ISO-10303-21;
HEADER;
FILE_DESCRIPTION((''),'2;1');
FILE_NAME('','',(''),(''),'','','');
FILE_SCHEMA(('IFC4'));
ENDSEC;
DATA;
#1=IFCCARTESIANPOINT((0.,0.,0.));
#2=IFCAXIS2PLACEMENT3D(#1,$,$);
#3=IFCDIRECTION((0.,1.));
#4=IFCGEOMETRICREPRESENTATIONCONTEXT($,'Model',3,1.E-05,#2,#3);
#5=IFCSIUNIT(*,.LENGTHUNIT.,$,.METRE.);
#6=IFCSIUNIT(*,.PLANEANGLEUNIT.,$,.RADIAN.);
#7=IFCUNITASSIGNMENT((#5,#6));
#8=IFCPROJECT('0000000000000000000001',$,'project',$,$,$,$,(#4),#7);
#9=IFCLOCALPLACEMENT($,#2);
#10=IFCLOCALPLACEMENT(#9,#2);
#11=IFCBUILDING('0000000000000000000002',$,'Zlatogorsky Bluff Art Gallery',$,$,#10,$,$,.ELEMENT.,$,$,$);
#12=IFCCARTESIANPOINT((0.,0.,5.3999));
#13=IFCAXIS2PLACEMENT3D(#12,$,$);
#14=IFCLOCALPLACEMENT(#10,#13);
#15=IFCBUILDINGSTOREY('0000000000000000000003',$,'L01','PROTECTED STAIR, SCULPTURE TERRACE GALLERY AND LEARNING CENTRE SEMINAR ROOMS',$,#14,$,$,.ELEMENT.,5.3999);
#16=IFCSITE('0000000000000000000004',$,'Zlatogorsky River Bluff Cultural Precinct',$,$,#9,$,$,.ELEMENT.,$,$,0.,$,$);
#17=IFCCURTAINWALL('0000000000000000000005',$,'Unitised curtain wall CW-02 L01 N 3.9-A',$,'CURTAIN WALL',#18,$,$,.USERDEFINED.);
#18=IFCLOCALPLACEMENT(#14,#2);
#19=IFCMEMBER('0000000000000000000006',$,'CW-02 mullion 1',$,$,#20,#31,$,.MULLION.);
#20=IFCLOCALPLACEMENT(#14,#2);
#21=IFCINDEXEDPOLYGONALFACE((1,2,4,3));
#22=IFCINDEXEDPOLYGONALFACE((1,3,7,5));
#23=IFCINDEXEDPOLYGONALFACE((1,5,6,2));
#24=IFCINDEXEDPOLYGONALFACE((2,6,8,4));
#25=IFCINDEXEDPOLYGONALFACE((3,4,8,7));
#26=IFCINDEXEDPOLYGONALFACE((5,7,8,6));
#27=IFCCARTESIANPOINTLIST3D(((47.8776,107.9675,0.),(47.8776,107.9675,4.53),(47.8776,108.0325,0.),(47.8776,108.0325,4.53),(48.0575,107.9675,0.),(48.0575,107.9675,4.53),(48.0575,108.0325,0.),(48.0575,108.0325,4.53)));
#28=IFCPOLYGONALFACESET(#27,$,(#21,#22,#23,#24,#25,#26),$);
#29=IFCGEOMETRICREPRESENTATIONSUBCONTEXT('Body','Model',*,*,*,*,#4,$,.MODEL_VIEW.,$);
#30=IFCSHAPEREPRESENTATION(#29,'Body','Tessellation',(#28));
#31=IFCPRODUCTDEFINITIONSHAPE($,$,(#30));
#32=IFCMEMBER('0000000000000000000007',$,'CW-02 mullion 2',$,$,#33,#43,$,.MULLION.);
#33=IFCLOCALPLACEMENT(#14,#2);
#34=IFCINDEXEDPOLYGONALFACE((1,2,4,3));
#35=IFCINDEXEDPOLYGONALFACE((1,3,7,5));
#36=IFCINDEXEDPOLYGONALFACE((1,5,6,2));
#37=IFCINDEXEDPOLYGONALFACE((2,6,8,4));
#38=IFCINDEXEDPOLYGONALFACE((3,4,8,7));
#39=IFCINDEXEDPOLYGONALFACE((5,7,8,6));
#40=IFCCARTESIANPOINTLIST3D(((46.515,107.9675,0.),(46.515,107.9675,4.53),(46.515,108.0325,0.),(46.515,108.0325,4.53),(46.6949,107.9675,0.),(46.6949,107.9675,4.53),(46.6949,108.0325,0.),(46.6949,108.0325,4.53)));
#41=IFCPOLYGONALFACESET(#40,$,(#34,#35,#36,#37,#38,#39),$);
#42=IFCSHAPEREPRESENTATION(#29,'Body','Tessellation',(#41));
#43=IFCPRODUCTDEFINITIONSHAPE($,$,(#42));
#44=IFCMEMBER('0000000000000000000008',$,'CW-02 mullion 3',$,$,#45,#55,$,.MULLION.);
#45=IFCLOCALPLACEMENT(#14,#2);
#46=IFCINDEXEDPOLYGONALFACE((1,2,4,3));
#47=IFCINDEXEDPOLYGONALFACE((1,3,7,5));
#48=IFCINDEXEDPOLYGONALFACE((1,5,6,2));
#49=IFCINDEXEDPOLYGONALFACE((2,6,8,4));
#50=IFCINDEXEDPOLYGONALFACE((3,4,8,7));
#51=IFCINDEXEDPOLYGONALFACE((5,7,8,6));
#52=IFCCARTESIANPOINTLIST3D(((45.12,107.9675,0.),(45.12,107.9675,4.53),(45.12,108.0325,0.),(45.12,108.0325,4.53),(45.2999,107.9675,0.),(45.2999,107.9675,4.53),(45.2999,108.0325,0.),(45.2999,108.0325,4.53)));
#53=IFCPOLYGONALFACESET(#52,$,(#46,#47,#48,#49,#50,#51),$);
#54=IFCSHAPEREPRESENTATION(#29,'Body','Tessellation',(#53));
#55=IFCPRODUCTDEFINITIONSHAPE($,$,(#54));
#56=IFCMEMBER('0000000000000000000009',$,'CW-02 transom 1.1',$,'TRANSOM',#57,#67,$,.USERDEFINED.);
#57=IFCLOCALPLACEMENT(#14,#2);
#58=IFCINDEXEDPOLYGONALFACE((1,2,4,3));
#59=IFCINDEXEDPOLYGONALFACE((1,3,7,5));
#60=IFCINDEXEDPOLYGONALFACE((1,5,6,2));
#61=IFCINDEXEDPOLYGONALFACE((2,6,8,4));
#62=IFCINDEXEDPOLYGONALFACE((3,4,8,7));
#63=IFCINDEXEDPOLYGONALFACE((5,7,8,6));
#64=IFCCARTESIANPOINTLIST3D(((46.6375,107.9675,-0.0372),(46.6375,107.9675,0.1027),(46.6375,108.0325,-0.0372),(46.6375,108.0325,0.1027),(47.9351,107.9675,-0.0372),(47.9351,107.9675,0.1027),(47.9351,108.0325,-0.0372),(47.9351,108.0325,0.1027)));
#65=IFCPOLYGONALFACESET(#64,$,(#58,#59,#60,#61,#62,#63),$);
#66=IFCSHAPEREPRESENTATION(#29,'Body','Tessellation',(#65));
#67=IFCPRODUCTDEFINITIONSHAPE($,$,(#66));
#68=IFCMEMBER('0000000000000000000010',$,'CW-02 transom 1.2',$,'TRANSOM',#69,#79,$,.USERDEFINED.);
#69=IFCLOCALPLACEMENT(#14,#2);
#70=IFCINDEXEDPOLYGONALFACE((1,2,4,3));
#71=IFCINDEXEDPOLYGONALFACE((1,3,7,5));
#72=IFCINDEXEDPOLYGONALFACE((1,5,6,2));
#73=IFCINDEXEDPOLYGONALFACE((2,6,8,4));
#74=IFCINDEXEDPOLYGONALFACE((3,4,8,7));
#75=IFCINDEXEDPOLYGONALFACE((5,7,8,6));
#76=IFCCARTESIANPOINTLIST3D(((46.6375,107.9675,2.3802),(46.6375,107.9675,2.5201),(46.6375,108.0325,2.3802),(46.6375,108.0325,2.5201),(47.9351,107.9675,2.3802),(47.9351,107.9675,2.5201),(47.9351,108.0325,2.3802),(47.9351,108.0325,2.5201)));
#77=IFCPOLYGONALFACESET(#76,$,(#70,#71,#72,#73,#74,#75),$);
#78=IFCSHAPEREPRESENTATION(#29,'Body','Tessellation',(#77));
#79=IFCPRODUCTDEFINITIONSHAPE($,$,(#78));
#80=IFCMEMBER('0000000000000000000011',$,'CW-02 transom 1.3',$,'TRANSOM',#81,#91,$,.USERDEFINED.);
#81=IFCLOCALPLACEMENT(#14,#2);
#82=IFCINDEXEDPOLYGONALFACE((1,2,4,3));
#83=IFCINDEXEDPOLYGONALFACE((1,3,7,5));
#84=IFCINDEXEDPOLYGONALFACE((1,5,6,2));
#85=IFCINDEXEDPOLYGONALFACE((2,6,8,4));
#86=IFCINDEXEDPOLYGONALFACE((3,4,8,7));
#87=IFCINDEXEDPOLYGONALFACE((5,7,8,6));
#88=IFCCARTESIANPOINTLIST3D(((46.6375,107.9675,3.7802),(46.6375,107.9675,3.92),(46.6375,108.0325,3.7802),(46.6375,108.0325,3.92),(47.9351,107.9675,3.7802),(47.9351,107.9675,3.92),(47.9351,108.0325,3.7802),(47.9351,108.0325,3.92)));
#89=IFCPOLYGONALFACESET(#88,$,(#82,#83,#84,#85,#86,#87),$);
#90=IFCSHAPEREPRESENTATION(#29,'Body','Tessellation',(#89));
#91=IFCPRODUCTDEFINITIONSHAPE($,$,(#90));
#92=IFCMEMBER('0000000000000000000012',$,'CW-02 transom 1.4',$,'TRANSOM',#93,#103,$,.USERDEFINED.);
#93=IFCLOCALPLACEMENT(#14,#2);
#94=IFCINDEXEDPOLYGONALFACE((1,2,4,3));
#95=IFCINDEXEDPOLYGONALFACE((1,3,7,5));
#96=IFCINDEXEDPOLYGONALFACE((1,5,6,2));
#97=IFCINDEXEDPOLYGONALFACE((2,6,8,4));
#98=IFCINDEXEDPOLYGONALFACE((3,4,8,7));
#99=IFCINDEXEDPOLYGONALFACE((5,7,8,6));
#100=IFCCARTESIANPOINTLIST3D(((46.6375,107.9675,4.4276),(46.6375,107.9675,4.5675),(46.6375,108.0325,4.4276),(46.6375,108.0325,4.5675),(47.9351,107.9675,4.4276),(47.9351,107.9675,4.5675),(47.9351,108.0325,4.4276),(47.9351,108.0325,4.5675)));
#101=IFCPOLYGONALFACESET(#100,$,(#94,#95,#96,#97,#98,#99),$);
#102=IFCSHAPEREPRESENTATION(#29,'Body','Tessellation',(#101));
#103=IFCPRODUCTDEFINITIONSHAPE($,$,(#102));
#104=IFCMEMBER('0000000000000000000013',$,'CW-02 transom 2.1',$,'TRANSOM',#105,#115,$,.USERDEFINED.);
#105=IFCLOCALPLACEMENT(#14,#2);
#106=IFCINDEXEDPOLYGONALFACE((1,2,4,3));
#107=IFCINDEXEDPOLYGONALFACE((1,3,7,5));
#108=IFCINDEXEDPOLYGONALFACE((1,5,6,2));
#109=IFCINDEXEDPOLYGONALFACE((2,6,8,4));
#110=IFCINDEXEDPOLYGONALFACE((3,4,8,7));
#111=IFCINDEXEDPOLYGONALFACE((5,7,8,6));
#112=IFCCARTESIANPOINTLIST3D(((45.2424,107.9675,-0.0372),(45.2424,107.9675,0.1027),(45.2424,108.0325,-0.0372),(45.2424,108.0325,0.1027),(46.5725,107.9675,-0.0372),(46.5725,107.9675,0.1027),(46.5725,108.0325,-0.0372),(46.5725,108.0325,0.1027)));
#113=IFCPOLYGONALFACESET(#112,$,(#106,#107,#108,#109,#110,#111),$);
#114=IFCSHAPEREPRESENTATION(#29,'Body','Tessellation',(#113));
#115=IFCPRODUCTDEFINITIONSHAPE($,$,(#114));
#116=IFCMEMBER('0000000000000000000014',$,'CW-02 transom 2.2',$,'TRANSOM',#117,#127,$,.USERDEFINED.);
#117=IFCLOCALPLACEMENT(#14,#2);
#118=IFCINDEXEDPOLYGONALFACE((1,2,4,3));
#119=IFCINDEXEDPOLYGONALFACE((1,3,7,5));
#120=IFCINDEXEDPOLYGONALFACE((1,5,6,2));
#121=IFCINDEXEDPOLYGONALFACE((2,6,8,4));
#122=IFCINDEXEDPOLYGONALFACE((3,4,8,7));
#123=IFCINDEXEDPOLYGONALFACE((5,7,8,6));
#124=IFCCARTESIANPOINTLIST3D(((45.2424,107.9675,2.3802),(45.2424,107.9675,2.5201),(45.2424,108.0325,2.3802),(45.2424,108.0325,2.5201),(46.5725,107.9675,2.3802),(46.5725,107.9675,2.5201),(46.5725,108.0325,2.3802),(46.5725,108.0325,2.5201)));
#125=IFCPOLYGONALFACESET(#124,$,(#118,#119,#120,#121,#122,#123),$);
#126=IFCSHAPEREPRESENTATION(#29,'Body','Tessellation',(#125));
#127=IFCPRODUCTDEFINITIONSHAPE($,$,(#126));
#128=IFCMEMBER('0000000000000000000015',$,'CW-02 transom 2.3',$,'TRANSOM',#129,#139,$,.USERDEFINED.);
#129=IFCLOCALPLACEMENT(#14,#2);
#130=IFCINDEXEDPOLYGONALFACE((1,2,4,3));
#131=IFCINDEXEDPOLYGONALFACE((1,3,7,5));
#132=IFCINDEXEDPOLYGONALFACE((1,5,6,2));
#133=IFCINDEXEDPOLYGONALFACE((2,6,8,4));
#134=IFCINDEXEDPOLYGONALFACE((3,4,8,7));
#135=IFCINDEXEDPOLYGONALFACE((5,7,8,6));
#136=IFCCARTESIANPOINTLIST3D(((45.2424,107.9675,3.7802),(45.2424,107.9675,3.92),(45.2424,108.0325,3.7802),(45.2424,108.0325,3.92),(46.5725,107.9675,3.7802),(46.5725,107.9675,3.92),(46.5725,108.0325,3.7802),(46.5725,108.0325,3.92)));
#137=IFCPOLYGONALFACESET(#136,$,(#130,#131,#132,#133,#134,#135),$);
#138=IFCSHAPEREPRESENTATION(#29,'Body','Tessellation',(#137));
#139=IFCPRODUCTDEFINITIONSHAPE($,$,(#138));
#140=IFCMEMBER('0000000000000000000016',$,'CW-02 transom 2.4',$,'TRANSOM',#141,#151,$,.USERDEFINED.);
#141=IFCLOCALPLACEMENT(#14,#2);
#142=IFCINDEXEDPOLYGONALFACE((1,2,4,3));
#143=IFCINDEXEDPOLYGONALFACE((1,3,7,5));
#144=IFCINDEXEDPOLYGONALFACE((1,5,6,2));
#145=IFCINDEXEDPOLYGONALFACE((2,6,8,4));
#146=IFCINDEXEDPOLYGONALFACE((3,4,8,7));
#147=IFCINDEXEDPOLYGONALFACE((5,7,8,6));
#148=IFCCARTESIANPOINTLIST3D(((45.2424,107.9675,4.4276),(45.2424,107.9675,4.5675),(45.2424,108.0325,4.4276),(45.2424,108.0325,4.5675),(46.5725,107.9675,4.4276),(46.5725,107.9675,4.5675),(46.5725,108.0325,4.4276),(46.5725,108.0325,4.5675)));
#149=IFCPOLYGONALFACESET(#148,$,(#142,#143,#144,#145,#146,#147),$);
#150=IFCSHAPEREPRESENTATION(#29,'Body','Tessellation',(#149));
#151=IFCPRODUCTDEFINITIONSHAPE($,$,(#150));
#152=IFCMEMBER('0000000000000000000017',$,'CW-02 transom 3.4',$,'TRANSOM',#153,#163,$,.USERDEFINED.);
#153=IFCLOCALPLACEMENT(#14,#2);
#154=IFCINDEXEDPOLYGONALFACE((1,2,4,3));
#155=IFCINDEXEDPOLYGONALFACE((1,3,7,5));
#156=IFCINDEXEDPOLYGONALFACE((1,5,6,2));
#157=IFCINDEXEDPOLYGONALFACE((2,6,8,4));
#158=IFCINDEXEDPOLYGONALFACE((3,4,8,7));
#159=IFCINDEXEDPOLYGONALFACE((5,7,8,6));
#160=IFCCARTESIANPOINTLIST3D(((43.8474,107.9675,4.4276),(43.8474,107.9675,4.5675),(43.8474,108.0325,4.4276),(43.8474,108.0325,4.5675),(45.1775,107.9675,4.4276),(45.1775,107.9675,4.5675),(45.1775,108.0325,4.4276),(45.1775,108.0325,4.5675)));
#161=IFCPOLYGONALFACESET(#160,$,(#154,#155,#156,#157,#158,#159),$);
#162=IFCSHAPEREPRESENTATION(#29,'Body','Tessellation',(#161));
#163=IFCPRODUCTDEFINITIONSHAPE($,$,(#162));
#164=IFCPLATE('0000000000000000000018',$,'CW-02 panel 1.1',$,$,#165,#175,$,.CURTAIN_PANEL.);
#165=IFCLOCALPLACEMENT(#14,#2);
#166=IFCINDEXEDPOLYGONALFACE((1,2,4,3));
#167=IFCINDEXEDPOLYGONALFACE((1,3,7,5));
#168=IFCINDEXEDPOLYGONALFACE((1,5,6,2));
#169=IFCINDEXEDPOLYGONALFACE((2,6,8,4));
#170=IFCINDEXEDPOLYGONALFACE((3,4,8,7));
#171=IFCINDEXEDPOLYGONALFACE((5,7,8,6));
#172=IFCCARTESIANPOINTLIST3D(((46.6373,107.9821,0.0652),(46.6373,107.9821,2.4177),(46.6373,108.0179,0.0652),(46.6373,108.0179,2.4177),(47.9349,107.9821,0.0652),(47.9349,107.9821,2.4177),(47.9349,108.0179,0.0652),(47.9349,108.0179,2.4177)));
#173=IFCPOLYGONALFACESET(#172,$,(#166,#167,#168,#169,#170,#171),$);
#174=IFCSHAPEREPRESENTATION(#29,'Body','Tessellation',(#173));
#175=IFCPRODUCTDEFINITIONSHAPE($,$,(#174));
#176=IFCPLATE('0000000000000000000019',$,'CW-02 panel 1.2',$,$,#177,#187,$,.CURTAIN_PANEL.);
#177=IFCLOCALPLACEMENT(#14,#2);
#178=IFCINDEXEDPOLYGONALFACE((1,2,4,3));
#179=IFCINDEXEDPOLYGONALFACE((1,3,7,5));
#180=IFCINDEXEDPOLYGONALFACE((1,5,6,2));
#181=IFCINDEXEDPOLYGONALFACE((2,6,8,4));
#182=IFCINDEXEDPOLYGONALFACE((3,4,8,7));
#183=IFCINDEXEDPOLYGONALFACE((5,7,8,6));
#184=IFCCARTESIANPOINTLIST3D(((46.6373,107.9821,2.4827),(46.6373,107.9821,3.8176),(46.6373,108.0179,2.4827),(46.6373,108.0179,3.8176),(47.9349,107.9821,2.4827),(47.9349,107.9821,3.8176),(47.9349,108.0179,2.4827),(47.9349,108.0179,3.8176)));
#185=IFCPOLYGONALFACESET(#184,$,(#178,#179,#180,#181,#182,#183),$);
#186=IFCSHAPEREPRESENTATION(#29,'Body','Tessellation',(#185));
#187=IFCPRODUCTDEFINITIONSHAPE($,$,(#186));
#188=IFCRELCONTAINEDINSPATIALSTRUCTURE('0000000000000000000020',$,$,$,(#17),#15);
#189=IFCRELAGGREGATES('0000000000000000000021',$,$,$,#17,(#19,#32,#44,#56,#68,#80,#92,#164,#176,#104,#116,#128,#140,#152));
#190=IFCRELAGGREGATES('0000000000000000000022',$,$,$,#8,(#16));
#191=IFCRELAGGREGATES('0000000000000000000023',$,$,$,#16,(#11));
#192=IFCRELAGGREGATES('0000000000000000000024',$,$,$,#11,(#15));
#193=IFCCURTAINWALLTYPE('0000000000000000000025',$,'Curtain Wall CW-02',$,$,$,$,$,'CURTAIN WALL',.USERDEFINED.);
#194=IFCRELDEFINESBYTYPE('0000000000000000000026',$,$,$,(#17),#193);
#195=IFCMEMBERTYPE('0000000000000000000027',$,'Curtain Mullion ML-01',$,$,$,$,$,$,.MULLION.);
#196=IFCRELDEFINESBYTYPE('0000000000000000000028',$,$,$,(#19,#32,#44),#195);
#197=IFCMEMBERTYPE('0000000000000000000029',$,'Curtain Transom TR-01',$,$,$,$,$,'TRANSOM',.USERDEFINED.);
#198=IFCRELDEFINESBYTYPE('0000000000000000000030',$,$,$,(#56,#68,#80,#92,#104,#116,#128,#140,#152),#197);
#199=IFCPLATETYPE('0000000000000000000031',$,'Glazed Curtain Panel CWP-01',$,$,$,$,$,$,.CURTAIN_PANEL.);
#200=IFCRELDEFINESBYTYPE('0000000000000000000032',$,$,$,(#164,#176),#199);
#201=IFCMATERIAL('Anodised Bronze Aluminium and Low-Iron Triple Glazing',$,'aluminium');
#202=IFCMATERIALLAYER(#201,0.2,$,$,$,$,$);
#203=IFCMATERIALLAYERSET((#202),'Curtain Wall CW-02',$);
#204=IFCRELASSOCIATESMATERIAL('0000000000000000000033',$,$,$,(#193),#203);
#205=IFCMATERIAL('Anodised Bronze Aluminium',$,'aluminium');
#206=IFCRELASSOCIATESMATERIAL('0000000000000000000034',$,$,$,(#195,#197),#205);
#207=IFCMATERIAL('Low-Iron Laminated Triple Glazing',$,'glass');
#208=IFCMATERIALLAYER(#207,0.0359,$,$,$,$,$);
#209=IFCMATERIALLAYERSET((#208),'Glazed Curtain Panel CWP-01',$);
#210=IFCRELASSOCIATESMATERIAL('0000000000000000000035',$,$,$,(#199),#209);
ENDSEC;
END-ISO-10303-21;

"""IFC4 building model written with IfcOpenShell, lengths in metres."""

from ifc_helpers import new_model, si_unit, direction, frame, origin, origin_2d, place, context, subcontext, project, spatial, rectangle, extrude, material, layer, layer_set, material_profile, profile_set, type_object, element, aggregate, save


model = new_model("IFC4")

# Units and contexts
model_context = context("Model", 3, precision=1e-05, world=origin(), true_north=direction((0.0, 1.0)))
body_context = subcontext(model_context, "Body", "Model", "MODEL_VIEW")
ifc_project = project(units=[si_unit("LENGTHUNIT", "METRE"), si_unit("PLANEANGLEUNIT", "RADIAN")], contexts=[model_context])

# Site, building, storey
site_placement = place(None, origin())
site = spatial("IfcSite", under=ifc_project, at=site_placement, Name="Zlatogorsky River Bluff Cultural Precinct", CompositionType="ELEMENT", RefElevation=0.0)
building_placement = place(site_placement, origin())
building = spatial("IfcBuilding", under=site, at=building_placement, Name="Zlatogorsky Bluff Art Gallery", CompositionType="ELEMENT")
storey_placement = place(building_placement, frame((0.0, 0.0, 5.3999)))
storey = spatial("IfcBuildingStorey", under=building, at=storey_placement, Name="L01", Description="PROTECTED STAIR, SCULPTURE TERRACE GALLERY AND LEARNING CENTRE SEMINAR ROOMS", CompositionType="ELEMENT", Elevation=5.3999)

# Curtain wall, members, plates
ifc_material_1 = material(Name="Anodised Bronze Aluminium and Low-Iron Triple Glazing", Category="aluminium")
ifc_layer_1 = layer(ifc_material_1, 0.2)
ifc_layer_set_1 = layer_set([ifc_layer_1], Name="Curtain Wall CW-02")
curtain_wall_type = type_object("IfcCurtainWallType", Name="Curtain Wall CW-02", ElementType="CURTAIN WALL", PredefinedType="USERDEFINED", material=ifc_layer_set_1)
curtain_wall_placement = place(storey_placement, origin())
curtain_wall = element("IfcCurtainWall", 1, at=curtain_wall_placement, inside=storey, type_object=curtain_wall_type, Name="Unitised curtain wall CW-02 L01 N 3.9-A", ObjectType="CURTAIN WALL", PredefinedType="USERDEFINED")
ifc_material_2 = material(Name="Anodised Bronze Aluminium", Category="aluminium")
ifc_material_profile_1 = material_profile(ifc_material_2, rectangle(XDim=0.0649, YDim=0.1799, at=origin_2d()), Name="ALU MULLION 65x180")
ifc_profile_set_1 = profile_set([ifc_material_profile_1], Name="Anodised Bronze Aluminium")
member_type_1 = type_object("IfcMemberType", Name="Curtain Mullion ML-01", PredefinedType="MULLION", material=ifc_profile_set_1)
member_1_placement = place(storey_placement, frame((47.9675, 108.0, 0.0), z_axis=(0.0, 0.0, 1.0), x_axis=(0.0, -1.0, 0.0)))
member_1 = element("IfcMember", 2, at=member_1_placement, type_object=member_type_1, Name="CW-02 mullion 1", PredefinedType="MULLION", context=body_context, shape_type="SweptSolid", body=[
    extrude(rectangle(XDim=0.0649, YDim=0.1799, at=origin_2d()), origin(), (0.0, 0.0, 1.0), 4.53),
])
member_2_placement = place(storey_placement, frame((46.605, 108.0, 0.0), z_axis=(0.0, 0.0, 1.0), x_axis=(0.0, -1.0, 0.0)))
member_2 = element("IfcMember", 3, at=member_2_placement, type_object=member_type_1, Name="CW-02 mullion 2", PredefinedType="MULLION", context=body_context, shape_type="SweptSolid", body=[
    extrude(rectangle(XDim=0.0649, YDim=0.1799, at=origin_2d()), origin(), (0.0, 0.0, 1.0), 4.53),
])
member_3_placement = place(storey_placement, frame((45.21, 108.0, 0.0), z_axis=(0.0, 0.0, 1.0), x_axis=(0.0, -1.0, 0.0)))
member_3 = element("IfcMember", 4, at=member_3_placement, type_object=member_type_1, Name="CW-02 mullion 3", PredefinedType="MULLION", context=body_context, shape_type="SweptSolid", body=[
    extrude(rectangle(XDim=0.0649, YDim=0.1799, at=origin_2d()), origin(), (0.0, 0.0, 1.0), 4.53),
])
ifc_material_profile_2 = material_profile(ifc_material_2, rectangle(XDim=0.0649, YDim=0.1399, at=origin_2d()), Name="ALU TRANSOM 65x140")
ifc_profile_set_2 = profile_set([ifc_material_profile_2], Name="Anodised Bronze Aluminium")
member_type_2 = type_object("IfcMemberType", Name="Curtain Transom TR-01", ElementType="TRANSOM", PredefinedType="USERDEFINED", material=ifc_profile_set_2)
member_4_placement = place(storey_placement, frame((47.9351, 108.0, 0.0327), z_axis=(-1.0, 0.0, 0.0), x_axis=(0.0, -1.0, 0.0)))
member_4 = element("IfcMember", 5, at=member_4_placement, type_object=member_type_2, Name="CW-02 transom 1.1", ObjectType="TRANSOM", PredefinedType="USERDEFINED", context=body_context, shape_type="SweptSolid", body=[
    extrude(rectangle(XDim=0.0649, YDim=0.1399, at=origin_2d()), origin(), (0.0, 0.0, 1.0), 1.2976),
])
member_5_placement = place(storey_placement, frame((47.9351, 108.0, 2.4502), z_axis=(-1.0, 0.0, 0.0), x_axis=(0.0, -1.0, 0.0)))
member_5 = element("IfcMember", 6, at=member_5_placement, type_object=member_type_2, Name="CW-02 transom 1.2", ObjectType="TRANSOM", PredefinedType="USERDEFINED", context=body_context, shape_type="SweptSolid", body=[
    extrude(rectangle(XDim=0.0649, YDim=0.1399, at=origin_2d()), origin(), (0.0, 0.0, 1.0), 1.2976),
])
member_6_placement = place(storey_placement, frame((47.9351, 108.0, 3.8501), z_axis=(-1.0, 0.0, 0.0), x_axis=(0.0, -1.0, 0.0)))
member_6 = element("IfcMember", 7, at=member_6_placement, type_object=member_type_2, Name="CW-02 transom 1.3", ObjectType="TRANSOM", PredefinedType="USERDEFINED", context=body_context, shape_type="SweptSolid", body=[
    extrude(rectangle(XDim=0.0649, YDim=0.1399, at=origin_2d()), origin(), (0.0, 0.0, 1.0), 1.2976),
])
member_7_placement = place(storey_placement, frame((47.9351, 108.0, 4.4976), z_axis=(-1.0, 0.0, 0.0), x_axis=(0.0, -1.0, 0.0)))
member_7 = element("IfcMember", 8, at=member_7_placement, type_object=member_type_2, Name="CW-02 transom 1.4", ObjectType="TRANSOM", PredefinedType="USERDEFINED", context=body_context, shape_type="SweptSolid", body=[
    extrude(rectangle(XDim=0.0649, YDim=0.1399, at=origin_2d()), origin(), (0.0, 0.0, 1.0), 1.2976),
])
member_8_placement = place(storey_placement, frame((46.5725, 108.0, 0.0327), z_axis=(-1.0, 0.0, 0.0), x_axis=(0.0, -1.0, 0.0)))
member_8 = element("IfcMember", 9, at=member_8_placement, type_object=member_type_2, Name="CW-02 transom 2.1", ObjectType="TRANSOM", PredefinedType="USERDEFINED", context=body_context, shape_type="SweptSolid", body=[
    extrude(rectangle(XDim=0.0649, YDim=0.1399, at=origin_2d()), origin(), (0.0, 0.0, 1.0), 1.3301),
])
member_9_placement = place(storey_placement, frame((46.5725, 108.0, 2.4502), z_axis=(-1.0, 0.0, 0.0), x_axis=(0.0, -1.0, 0.0)))
member_9 = element("IfcMember", 10, at=member_9_placement, type_object=member_type_2, Name="CW-02 transom 2.2", ObjectType="TRANSOM", PredefinedType="USERDEFINED", context=body_context, shape_type="SweptSolid", body=[
    extrude(rectangle(XDim=0.0649, YDim=0.1399, at=origin_2d()), origin(), (0.0, 0.0, 1.0), 1.3301),
])
member_10_placement = place(storey_placement, frame((46.5725, 108.0, 3.8501), z_axis=(-1.0, 0.0, 0.0), x_axis=(0.0, -1.0, 0.0)))
member_10 = element("IfcMember", 11, at=member_10_placement, type_object=member_type_2, Name="CW-02 transom 2.3", ObjectType="TRANSOM", PredefinedType="USERDEFINED", context=body_context, shape_type="SweptSolid", body=[
    extrude(rectangle(XDim=0.0649, YDim=0.1399, at=origin_2d()), origin(), (0.0, 0.0, 1.0), 1.3301),
])
member_11_placement = place(storey_placement, frame((46.5725, 108.0, 4.4976), z_axis=(-1.0, 0.0, 0.0), x_axis=(0.0, -1.0, 0.0)))
member_11 = element("IfcMember", 12, at=member_11_placement, type_object=member_type_2, Name="CW-02 transom 2.4", ObjectType="TRANSOM", PredefinedType="USERDEFINED", context=body_context, shape_type="SweptSolid", body=[
    extrude(rectangle(XDim=0.0649, YDim=0.1399, at=origin_2d()), origin(), (0.0, 0.0, 1.0), 1.3301),
])
member_12_placement = place(storey_placement, frame((45.1775, 108.0, 4.4976), z_axis=(-1.0, 0.0, 0.0), x_axis=(0.0, -1.0, 0.0)))
member_12 = element("IfcMember", 13, at=member_12_placement, type_object=member_type_2, Name="CW-02 transom 3.4", ObjectType="TRANSOM", PredefinedType="USERDEFINED", context=body_context, shape_type="SweptSolid", body=[
    extrude(rectangle(XDim=0.0649, YDim=0.1399, at=origin_2d()), origin(), (0.0, 0.0, 1.0), 1.3301),
])
ifc_material_3 = material(Name="Low-Iron Laminated Triple Glazing", Category="glass")
ifc_layer_2 = layer(ifc_material_3, 0.0359)
ifc_layer_set_2 = layer_set([ifc_layer_2], Name="Glazed Curtain Panel CWP-01")
plate_type = type_object("IfcPlateType", Name="Glazed Curtain Panel CWP-01", PredefinedType="CURTAIN_PANEL", material=ifc_layer_set_2)
plate_1_placement = place(storey_placement, frame((47.2861, 108.0, 0.0652), z_axis=(0.0, 0.0, 1.0), x_axis=(-1.0, 0.0, 0.0)))
plate_1 = element("IfcPlate", 14, at=plate_1_placement, type_object=plate_type, Name="CW-02 panel 1.1", PredefinedType="CURTAIN_PANEL", context=body_context, shape_type="SweptSolid", body=[
    extrude(rectangle(XDim=1.2976, YDim=0.0359, at=origin_2d()), origin(), (0.0, 0.0, 1.0), 2.3525),
])
plate_2_placement = place(storey_placement, frame((47.2861, 108.0, 2.4827), z_axis=(0.0, 0.0, 1.0), x_axis=(-1.0, 0.0, 0.0)))
plate_2 = element("IfcPlate", 15, at=plate_2_placement, type_object=plate_type, Name="CW-02 panel 1.2", PredefinedType="CURTAIN_PANEL", context=body_context, shape_type="SweptSolid", body=[
    extrude(rectangle(XDim=1.2976, YDim=0.0359, at=origin_2d()), origin(), (0.0, 0.0, 1.0), 1.335),
])
aggregate(curtain_wall, [member_1, member_2, member_3, member_4, member_5, member_6, member_7, plate_1, plate_2, member_8, member_9, member_10, member_11, member_12])

save(model, "model.ifc")
